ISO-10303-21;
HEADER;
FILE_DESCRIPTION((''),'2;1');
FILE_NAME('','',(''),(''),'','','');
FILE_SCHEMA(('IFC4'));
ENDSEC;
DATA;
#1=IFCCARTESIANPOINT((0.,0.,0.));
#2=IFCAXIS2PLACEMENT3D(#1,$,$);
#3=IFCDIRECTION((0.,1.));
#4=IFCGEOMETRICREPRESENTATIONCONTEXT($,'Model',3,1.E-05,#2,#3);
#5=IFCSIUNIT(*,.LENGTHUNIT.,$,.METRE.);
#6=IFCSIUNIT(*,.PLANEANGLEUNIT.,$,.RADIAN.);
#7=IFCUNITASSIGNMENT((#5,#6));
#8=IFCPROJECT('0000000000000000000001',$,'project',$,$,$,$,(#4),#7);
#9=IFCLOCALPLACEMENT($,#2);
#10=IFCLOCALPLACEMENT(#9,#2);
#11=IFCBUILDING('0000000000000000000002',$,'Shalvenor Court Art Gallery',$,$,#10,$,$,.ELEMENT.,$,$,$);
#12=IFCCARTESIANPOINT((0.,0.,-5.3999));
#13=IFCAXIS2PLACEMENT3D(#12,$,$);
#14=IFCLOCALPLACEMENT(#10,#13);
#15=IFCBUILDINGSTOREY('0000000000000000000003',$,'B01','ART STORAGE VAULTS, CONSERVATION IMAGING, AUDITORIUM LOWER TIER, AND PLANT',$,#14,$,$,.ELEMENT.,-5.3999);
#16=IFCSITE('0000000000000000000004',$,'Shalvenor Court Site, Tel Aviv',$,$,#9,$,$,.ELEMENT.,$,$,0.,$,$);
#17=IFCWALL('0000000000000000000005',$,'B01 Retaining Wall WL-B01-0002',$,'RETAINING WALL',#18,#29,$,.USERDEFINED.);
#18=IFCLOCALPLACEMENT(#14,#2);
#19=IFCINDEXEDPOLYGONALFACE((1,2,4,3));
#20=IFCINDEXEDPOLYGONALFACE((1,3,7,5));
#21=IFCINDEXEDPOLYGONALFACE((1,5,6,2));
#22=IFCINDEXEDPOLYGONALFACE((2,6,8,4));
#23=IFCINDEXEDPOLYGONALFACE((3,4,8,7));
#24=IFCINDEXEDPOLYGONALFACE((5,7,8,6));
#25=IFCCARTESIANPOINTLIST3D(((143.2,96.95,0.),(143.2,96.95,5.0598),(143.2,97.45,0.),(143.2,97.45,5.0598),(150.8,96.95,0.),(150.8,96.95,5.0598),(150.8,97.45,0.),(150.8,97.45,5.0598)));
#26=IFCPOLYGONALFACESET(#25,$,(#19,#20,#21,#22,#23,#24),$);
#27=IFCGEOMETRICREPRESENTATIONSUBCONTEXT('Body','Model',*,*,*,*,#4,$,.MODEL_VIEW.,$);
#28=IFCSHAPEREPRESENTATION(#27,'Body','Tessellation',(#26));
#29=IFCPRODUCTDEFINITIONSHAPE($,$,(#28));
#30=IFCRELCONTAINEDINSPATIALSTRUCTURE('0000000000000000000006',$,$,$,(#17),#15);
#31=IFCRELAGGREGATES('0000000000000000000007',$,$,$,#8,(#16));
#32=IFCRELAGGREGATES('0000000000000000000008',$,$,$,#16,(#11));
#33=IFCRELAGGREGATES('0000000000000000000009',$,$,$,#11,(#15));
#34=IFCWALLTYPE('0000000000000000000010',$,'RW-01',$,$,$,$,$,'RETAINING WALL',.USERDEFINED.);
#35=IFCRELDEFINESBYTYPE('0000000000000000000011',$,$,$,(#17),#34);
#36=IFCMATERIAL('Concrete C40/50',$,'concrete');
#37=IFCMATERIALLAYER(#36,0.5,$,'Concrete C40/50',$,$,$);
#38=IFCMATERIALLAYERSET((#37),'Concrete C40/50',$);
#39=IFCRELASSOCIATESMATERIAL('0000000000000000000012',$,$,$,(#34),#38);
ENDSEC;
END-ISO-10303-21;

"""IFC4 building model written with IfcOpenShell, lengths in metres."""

from ifc_helpers import new_model, si_unit, direction, frame, frame_2d, origin, place, context, subcontext, project, spatial, rectangle, extrude, material, layer, layer_set, type_object, element, save


model = new_model("IFC4")

# Units and contexts
model_context = context("Model", 3, precision=1e-05, world=origin(), true_north=direction((0.0, 1.0)))
body_context = subcontext(model_context, "Body", "Model", "MODEL_VIEW")
ifc_project = project(units=[si_unit("LENGTHUNIT", "METRE"), si_unit("PLANEANGLEUNIT", "RADIAN")], contexts=[model_context])

# Site, building, storey
site_placement = place(None, origin())
site = spatial("IfcSite", under=ifc_project, at=site_placement, Name="Shalvenor Court Site, Tel Aviv", CompositionType="ELEMENT", RefElevation=0.0)
building_placement = place(site_placement, origin())
building = spatial("IfcBuilding", under=site, at=building_placement, Name="Shalvenor Court Art Gallery", CompositionType="ELEMENT")
storey_placement = place(building_placement, frame((0.0, 0.0, -5.3999)))
storey = spatial("IfcBuildingStorey", under=building, at=storey_placement, Name="B01", Description="ART STORAGE VAULTS, CONSERVATION IMAGING, AUDITORIUM LOWER TIER, AND PLANT", CompositionType="ELEMENT", Elevation=-5.3999)

# Wall
ifc_material_1 = material(Name="Concrete C40/50", Category="concrete")
ifc_layer = layer(ifc_material_1, 0.5, Name="Concrete C40/50")
ifc_layer_set = layer_set([ifc_layer], Name="Concrete C40/50")
wall_type = type_object("IfcWallType", Name="RW-01", ElementType="RETAINING WALL", PredefinedType="USERDEFINED", material=ifc_layer_set)
wall_placement = place(storey_placement, frame((143.2, 97.2, 0.0), z_axis=(0.0, 0.0, 1.0), x_axis=(1.0, 0.0, 0.0)))
element("IfcWall", 1, at=wall_placement, inside=storey, type_object=wall_type, Name="B01 Retaining Wall WL-B01-0002", ObjectType="RETAINING WALL", PredefinedType="USERDEFINED", context=body_context, shape_type="SweptSolid", body=[
    extrude(rectangle(XDim=7.6001, YDim=0.5, at=frame_2d((3.8, 0.0))), origin(), (0.0, 0.0, 1.0), 5.0598),
])

save(model, "model.ifc")
